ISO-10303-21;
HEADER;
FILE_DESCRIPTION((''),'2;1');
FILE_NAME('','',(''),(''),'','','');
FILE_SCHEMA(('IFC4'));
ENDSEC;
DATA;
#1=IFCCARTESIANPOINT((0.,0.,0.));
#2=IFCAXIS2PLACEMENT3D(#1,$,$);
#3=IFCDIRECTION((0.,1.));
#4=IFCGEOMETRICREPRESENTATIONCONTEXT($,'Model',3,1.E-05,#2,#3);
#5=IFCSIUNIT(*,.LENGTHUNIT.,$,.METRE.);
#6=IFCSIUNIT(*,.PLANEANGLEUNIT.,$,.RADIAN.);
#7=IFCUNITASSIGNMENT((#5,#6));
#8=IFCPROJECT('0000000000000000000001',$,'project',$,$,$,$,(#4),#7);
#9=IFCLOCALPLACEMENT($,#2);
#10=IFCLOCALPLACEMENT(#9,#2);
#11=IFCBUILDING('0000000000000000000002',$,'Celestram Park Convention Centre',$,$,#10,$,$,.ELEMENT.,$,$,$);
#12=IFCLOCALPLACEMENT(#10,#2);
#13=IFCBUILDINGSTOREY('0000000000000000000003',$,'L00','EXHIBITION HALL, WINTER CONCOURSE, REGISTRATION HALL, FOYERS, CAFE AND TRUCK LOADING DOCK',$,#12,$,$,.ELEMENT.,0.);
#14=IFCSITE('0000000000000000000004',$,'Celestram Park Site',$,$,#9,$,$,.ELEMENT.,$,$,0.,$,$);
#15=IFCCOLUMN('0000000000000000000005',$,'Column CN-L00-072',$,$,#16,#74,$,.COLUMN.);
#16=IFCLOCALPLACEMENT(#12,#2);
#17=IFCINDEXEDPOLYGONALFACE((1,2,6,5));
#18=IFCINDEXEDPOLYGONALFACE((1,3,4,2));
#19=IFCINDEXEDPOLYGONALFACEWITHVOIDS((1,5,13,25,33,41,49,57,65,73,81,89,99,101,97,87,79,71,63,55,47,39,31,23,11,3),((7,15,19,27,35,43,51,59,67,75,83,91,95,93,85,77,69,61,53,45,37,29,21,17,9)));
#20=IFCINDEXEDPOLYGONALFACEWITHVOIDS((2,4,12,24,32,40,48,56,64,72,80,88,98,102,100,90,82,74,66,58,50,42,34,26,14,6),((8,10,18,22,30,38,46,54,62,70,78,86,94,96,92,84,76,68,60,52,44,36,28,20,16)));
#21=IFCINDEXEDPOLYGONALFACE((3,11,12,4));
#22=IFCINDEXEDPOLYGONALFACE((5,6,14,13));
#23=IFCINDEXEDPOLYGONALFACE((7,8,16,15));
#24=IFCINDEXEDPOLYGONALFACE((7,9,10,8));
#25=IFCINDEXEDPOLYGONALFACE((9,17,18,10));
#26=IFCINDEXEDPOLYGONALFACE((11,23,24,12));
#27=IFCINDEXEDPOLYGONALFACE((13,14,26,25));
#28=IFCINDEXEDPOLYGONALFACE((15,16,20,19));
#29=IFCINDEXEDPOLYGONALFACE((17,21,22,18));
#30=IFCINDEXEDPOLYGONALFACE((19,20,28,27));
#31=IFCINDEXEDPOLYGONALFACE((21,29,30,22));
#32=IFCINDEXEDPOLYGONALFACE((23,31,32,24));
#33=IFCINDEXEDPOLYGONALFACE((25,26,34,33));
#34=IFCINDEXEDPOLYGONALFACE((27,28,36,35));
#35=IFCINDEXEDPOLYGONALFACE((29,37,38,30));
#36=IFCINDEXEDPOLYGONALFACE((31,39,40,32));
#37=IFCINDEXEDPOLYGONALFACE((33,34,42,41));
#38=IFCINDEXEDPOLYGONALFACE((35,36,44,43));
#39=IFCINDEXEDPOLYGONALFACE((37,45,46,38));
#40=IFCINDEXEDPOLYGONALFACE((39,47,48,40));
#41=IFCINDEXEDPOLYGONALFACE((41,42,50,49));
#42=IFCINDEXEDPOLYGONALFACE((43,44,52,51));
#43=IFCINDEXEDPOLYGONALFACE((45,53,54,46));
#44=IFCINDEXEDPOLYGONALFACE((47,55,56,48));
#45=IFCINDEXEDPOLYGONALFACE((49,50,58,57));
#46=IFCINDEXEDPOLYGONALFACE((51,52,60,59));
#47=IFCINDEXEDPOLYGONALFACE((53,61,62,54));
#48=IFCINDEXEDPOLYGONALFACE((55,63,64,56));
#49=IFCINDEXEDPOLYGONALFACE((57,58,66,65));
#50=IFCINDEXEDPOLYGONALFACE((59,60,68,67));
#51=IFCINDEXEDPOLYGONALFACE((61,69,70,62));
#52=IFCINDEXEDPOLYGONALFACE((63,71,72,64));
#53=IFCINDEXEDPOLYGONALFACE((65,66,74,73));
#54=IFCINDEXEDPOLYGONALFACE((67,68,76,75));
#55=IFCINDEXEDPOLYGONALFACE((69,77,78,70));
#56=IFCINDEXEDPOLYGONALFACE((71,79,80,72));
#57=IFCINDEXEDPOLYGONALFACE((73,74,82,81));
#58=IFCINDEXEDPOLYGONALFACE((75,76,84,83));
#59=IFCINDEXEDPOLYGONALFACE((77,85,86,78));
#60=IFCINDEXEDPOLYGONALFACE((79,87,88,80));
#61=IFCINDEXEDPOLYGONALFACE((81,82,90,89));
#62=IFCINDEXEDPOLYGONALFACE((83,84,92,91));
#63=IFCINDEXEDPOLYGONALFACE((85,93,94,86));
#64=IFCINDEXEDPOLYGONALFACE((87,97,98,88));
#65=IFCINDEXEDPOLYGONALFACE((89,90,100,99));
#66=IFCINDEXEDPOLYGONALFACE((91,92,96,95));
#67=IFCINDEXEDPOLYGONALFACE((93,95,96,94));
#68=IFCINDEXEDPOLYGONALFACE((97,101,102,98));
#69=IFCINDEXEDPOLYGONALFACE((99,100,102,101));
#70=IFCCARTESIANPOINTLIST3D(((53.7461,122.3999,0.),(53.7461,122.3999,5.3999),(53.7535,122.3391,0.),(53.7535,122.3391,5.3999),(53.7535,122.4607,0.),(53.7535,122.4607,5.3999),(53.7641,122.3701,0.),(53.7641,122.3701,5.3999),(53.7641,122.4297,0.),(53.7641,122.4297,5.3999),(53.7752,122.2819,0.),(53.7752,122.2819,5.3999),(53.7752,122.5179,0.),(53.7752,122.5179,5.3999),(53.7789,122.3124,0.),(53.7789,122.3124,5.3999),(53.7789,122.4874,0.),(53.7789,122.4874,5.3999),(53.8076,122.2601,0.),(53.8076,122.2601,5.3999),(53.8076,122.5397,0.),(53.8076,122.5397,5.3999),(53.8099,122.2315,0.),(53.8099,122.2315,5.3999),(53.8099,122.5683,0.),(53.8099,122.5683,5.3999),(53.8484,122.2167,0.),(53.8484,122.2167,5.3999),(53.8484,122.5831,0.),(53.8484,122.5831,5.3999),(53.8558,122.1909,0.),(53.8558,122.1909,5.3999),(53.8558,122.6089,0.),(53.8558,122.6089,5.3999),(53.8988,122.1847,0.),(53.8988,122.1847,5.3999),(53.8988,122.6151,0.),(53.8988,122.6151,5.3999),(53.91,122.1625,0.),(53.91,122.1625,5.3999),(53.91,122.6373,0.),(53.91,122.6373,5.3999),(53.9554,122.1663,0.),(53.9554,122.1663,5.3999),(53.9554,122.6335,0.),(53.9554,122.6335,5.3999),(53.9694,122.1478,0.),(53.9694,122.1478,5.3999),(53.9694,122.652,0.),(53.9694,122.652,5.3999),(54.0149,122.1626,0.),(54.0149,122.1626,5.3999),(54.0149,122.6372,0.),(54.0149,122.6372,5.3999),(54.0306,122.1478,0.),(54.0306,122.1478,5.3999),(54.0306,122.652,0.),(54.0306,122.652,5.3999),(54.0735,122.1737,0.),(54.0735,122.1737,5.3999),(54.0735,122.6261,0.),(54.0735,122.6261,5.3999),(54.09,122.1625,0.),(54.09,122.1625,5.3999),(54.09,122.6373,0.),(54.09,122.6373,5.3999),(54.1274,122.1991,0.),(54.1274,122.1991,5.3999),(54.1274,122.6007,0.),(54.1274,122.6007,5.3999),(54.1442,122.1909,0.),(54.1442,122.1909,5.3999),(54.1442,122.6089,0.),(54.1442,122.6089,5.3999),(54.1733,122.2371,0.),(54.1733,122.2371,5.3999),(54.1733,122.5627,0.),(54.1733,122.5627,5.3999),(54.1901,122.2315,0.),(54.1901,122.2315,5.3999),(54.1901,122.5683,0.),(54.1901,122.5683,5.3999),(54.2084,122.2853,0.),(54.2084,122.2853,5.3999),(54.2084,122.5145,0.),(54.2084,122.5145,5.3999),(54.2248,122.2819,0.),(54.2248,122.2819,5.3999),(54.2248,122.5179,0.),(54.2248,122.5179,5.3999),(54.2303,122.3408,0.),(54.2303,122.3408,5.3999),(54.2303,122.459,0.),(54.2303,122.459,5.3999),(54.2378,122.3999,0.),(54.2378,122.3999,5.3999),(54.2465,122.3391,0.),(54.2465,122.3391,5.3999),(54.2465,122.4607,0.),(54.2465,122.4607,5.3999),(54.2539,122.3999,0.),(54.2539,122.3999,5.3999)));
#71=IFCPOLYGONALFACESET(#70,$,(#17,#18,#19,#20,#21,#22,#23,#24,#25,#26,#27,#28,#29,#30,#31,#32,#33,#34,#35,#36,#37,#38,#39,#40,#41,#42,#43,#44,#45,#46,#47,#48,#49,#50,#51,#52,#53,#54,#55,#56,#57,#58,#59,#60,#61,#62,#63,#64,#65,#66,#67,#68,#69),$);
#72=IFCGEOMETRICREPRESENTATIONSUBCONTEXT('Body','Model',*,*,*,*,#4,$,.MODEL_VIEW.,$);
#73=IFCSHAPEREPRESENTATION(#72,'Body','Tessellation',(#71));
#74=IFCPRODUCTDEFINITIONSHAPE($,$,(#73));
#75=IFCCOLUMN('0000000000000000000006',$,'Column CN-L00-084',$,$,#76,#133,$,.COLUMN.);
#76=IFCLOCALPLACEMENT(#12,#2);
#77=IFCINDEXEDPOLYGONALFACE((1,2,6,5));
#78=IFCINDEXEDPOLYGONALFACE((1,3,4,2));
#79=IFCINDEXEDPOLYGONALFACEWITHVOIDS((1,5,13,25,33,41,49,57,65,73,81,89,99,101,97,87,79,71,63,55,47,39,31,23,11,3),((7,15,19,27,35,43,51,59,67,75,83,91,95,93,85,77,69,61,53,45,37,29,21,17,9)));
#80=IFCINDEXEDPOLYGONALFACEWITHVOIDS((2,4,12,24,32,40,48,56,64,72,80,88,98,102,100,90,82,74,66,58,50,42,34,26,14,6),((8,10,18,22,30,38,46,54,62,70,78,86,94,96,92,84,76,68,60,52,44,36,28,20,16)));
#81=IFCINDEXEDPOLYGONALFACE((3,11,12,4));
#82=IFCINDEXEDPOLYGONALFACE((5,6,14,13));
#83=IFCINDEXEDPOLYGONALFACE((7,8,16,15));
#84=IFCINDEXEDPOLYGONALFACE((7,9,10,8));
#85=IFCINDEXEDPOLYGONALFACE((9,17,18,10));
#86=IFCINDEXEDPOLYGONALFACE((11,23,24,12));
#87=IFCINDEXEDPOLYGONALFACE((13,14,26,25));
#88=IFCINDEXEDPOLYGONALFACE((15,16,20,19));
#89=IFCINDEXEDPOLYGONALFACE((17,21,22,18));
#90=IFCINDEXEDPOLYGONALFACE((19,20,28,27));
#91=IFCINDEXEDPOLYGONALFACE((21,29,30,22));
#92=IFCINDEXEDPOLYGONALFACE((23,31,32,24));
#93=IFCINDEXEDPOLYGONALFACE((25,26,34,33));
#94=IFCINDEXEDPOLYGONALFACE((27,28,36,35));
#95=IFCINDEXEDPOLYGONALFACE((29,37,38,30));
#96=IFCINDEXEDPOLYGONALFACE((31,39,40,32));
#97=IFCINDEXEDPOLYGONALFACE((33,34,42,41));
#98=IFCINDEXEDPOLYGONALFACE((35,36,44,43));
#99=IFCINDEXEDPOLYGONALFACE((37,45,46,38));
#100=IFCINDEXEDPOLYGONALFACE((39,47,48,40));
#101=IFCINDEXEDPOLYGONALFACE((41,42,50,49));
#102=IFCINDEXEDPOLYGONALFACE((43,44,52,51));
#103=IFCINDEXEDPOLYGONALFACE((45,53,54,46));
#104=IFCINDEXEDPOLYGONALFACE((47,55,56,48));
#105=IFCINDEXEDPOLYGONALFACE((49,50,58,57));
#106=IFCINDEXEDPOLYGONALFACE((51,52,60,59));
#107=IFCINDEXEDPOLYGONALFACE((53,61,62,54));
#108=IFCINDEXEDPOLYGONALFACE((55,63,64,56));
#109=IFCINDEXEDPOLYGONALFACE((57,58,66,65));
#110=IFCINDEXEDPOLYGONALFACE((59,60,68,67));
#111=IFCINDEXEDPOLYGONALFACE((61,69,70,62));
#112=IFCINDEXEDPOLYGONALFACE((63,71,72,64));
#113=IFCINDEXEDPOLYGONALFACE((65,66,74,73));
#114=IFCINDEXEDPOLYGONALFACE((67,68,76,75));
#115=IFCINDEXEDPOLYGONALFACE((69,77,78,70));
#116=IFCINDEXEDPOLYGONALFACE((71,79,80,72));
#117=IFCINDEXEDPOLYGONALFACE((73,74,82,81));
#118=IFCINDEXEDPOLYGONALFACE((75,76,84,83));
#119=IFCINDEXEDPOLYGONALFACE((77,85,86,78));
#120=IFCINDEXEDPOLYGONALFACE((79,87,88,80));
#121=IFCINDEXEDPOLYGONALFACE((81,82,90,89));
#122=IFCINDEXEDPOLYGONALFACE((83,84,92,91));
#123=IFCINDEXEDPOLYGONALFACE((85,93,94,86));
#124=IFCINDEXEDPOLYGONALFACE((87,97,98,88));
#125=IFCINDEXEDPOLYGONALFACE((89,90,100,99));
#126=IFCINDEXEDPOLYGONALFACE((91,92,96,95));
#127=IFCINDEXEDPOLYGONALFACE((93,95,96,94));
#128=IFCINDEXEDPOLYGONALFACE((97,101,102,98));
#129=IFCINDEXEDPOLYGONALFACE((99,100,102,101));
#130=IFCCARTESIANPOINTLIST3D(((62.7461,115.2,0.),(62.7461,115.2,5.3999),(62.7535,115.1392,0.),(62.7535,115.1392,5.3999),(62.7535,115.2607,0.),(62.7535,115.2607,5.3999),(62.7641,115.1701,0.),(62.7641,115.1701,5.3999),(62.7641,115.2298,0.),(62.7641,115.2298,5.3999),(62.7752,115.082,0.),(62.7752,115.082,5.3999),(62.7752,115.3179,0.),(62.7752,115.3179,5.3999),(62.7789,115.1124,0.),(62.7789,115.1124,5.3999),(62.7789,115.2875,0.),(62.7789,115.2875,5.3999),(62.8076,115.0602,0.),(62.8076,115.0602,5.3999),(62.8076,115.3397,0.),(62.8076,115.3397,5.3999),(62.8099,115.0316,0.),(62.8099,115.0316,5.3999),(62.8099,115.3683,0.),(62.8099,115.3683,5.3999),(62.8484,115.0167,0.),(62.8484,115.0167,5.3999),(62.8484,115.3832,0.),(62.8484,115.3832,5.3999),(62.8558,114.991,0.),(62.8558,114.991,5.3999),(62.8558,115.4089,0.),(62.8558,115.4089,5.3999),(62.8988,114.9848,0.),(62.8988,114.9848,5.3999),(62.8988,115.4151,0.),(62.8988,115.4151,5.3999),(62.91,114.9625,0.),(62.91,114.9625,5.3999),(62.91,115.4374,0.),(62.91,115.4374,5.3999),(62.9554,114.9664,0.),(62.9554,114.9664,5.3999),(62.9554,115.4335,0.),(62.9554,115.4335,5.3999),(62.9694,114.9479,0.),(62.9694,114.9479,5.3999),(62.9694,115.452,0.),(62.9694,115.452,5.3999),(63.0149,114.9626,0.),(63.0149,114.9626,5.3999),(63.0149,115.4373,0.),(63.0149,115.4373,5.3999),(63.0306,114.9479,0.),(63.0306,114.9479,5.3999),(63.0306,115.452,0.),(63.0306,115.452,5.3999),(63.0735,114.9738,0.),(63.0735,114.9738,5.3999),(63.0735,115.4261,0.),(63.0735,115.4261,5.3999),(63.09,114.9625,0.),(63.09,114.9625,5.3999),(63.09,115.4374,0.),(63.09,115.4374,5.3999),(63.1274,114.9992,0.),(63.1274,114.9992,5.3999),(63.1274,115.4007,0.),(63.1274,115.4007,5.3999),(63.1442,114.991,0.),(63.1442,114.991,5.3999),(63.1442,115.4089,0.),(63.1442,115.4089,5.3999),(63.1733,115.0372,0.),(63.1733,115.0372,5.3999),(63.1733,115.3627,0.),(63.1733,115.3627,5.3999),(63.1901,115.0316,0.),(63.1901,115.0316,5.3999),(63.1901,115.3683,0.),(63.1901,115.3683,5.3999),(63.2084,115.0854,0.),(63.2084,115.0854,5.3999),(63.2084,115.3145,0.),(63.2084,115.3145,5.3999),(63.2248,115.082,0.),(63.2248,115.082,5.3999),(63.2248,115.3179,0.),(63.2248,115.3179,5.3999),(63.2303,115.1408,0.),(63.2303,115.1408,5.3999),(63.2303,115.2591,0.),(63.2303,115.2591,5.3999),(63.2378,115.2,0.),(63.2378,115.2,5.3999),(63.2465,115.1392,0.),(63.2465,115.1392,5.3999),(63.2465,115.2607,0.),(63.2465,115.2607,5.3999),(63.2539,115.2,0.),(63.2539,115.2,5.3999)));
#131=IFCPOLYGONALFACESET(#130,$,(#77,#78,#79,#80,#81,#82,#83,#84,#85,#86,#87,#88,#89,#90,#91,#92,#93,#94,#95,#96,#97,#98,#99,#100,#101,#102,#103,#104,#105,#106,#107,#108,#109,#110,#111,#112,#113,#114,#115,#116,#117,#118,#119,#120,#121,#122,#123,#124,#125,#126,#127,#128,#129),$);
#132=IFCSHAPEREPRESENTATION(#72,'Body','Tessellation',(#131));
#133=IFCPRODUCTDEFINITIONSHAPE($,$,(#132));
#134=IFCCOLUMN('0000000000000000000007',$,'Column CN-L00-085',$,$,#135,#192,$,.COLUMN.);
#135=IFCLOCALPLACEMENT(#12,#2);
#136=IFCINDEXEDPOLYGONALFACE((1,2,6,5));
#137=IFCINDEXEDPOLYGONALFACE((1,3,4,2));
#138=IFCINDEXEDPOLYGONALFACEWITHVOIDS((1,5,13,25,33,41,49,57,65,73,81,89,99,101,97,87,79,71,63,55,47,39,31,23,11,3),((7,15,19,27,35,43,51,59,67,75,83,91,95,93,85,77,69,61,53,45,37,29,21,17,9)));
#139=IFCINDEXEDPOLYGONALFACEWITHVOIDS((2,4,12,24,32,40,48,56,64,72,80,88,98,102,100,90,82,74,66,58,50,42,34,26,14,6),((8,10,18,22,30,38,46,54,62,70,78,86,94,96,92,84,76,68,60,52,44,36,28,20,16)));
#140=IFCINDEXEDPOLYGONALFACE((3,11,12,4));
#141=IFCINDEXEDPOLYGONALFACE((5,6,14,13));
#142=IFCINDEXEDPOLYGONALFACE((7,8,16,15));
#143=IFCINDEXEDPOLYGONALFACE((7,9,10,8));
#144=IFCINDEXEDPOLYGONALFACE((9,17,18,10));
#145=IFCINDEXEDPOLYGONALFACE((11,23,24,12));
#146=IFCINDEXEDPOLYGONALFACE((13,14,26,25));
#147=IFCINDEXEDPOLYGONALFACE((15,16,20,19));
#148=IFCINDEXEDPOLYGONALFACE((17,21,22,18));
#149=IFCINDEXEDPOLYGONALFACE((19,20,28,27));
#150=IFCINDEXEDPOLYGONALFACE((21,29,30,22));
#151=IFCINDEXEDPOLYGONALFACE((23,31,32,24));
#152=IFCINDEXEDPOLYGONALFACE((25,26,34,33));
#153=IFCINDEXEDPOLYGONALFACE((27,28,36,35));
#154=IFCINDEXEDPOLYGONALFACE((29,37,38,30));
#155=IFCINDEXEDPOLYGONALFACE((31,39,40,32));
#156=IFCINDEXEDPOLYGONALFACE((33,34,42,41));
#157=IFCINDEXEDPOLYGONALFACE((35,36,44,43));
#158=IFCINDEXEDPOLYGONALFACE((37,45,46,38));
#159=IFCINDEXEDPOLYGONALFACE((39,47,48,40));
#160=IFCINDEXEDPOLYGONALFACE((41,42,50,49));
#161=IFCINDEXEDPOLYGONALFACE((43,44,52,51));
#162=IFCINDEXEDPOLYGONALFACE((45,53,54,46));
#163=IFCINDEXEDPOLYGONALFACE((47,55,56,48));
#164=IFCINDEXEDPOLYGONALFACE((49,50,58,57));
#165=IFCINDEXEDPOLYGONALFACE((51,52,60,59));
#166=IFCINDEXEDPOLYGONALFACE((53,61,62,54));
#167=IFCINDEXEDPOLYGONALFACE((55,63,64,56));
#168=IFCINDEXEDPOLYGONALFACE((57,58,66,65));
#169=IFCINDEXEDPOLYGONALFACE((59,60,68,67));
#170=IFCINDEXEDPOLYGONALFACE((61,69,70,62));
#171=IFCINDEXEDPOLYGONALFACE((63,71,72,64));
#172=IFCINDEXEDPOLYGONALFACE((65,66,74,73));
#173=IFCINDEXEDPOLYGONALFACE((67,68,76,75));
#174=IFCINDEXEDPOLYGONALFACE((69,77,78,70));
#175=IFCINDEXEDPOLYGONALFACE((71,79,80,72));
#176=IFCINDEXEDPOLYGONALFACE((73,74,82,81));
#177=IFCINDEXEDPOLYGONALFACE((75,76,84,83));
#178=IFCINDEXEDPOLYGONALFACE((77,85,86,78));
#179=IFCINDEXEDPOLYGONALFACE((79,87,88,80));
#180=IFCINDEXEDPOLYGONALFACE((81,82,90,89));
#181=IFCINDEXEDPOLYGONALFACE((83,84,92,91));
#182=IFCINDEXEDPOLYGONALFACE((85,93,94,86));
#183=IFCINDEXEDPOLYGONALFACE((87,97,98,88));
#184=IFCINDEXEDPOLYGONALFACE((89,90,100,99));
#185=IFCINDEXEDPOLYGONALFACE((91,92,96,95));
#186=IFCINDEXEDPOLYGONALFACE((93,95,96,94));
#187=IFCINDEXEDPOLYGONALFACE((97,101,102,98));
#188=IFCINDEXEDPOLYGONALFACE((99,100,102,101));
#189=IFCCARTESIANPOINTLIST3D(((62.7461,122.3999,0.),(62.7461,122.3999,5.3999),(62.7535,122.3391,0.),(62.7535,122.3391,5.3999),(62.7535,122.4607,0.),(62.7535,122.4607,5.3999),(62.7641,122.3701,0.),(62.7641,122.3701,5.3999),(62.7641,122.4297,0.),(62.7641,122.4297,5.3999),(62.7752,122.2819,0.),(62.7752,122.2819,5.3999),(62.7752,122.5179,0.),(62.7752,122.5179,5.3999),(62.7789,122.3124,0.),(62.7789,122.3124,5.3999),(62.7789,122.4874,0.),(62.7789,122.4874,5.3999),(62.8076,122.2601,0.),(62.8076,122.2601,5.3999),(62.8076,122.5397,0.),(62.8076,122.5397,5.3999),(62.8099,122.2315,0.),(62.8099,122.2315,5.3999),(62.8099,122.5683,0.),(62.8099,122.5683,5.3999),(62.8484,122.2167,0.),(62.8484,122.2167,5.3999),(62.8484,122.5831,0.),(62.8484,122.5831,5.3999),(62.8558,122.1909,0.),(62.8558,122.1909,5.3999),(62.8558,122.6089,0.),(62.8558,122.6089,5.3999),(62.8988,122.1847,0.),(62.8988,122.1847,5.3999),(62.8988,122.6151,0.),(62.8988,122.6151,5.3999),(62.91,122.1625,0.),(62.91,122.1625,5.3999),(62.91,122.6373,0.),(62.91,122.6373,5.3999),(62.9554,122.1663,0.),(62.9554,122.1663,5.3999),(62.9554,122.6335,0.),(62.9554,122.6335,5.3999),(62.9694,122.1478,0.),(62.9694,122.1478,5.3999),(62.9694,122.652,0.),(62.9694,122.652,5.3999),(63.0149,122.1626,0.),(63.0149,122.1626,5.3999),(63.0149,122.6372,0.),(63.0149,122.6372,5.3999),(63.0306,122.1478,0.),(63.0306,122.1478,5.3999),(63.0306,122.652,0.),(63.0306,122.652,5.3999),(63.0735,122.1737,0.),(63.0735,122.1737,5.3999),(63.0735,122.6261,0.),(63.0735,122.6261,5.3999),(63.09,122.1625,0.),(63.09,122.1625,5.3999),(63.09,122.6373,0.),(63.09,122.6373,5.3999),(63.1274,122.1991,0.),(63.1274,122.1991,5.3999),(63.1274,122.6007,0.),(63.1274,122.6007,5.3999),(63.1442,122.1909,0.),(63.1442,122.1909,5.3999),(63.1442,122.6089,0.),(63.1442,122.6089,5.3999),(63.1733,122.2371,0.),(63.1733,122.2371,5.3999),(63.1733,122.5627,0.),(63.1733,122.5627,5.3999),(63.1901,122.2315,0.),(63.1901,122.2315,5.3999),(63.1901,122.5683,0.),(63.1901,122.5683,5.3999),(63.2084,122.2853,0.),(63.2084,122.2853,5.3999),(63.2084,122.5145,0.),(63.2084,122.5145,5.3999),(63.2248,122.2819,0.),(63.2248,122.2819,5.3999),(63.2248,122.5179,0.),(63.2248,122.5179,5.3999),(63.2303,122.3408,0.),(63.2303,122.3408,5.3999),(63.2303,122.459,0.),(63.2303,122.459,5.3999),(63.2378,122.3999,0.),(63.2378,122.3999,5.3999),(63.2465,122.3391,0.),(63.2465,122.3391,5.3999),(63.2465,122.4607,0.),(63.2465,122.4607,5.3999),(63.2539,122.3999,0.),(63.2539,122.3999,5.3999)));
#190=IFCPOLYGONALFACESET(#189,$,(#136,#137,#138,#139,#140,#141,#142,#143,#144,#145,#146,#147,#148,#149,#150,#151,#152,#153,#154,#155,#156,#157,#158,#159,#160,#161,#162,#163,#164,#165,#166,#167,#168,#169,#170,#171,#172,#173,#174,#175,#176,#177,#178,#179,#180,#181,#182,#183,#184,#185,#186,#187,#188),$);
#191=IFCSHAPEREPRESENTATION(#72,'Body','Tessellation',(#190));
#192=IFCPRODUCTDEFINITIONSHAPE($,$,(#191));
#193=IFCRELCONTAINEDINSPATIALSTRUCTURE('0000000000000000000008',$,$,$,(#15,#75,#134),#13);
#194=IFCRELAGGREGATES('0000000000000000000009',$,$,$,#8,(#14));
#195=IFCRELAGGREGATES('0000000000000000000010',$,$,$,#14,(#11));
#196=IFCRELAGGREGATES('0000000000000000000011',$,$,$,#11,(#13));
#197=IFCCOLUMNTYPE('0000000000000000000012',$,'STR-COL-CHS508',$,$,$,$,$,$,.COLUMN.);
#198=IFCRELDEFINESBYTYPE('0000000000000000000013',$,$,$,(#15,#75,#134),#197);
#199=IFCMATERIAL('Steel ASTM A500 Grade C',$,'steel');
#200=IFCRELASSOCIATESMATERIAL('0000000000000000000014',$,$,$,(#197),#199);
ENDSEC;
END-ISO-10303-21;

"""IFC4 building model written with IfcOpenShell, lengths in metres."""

from ifc_helpers import new_model, si_unit, direction, frame, origin, origin_2d, place, context, subcontext, project, spatial, hollow_circle, extrude, material, material_profile, profile_set, type_object, element, save


model = new_model("IFC4")

# Units and contexts
model_context = context("Model", 3, precision=1e-05, world=origin(), true_north=direction((0.0, 1.0)))
body_context = subcontext(model_context, "Body", "Model", "MODEL_VIEW")
ifc_project = project(units=[si_unit("LENGTHUNIT", "METRE"), si_unit("PLANEANGLEUNIT", "RADIAN")], contexts=[model_context])

# Site, building, storey
site_placement = place(None, origin())
site = spatial("IfcSite", under=ifc_project, at=site_placement, Name="Celestram Park Site", CompositionType="ELEMENT", RefElevation=0.0)
building_placement = place(site_placement, origin())
building = spatial("IfcBuilding", under=site, at=building_placement, Name="Celestram Park Convention Centre", CompositionType="ELEMENT")
storey_placement = place(building_placement, origin())
storey = spatial("IfcBuildingStorey", under=building, at=storey_placement, Name="L00", Description="EXHIBITION HALL, WINTER CONCOURSE, REGISTRATION HALL, FOYERS, CAFE AND TRUCK LOADING DOCK", CompositionType="ELEMENT", Elevation=0.0)

# Columns
ifc_material_1 = material(Name="Steel ASTM A500 Grade C", Category="steel")
ifc_material_profile_1 = material_profile(ifc_material_1, hollow_circle(Radius=0.2539, WallThickness=0.0161, at=origin_2d()), Name="CHS508X16")
ifc_profile_set_1 = profile_set([ifc_material_profile_1], Name="Steel ASTM A500 Grade C")
column_type = type_object("IfcColumnType", Name="STR-COL-CHS508", PredefinedType="COLUMN", material=ifc_profile_set_1)
for number, where, z_axis, x_axis, name in (
    (1, (54.0, 122.3999, 0.0), (0.0, 0.0, 1.0), (1.0, 0.0, 0.0), "Column CN-L00-072"),
    (2, (63.0, 115.2, 0.0), (0.0, 0.0, 1.0), (1.0, 0.0, 0.0), "Column CN-L00-084"),
    (3, (63.0, 122.3999, 0.0), (0.0, 0.0, 1.0), (1.0, 0.0, 0.0), "Column CN-L00-085"),
):
    element("IfcColumn", number, at=place(storey_placement, frame(where, z_axis=z_axis, x_axis=x_axis)), inside=storey, type_object=column_type, Name=name, PredefinedType="COLUMN", context=body_context, shape_type="SweptSolid", body=[
        extrude(hollow_circle(Radius=0.2539, WallThickness=0.0161, at=origin_2d()), origin(), (0.0, 0.0, 1.0), 5.3999),
    ])

save(model, "model.ifc")
